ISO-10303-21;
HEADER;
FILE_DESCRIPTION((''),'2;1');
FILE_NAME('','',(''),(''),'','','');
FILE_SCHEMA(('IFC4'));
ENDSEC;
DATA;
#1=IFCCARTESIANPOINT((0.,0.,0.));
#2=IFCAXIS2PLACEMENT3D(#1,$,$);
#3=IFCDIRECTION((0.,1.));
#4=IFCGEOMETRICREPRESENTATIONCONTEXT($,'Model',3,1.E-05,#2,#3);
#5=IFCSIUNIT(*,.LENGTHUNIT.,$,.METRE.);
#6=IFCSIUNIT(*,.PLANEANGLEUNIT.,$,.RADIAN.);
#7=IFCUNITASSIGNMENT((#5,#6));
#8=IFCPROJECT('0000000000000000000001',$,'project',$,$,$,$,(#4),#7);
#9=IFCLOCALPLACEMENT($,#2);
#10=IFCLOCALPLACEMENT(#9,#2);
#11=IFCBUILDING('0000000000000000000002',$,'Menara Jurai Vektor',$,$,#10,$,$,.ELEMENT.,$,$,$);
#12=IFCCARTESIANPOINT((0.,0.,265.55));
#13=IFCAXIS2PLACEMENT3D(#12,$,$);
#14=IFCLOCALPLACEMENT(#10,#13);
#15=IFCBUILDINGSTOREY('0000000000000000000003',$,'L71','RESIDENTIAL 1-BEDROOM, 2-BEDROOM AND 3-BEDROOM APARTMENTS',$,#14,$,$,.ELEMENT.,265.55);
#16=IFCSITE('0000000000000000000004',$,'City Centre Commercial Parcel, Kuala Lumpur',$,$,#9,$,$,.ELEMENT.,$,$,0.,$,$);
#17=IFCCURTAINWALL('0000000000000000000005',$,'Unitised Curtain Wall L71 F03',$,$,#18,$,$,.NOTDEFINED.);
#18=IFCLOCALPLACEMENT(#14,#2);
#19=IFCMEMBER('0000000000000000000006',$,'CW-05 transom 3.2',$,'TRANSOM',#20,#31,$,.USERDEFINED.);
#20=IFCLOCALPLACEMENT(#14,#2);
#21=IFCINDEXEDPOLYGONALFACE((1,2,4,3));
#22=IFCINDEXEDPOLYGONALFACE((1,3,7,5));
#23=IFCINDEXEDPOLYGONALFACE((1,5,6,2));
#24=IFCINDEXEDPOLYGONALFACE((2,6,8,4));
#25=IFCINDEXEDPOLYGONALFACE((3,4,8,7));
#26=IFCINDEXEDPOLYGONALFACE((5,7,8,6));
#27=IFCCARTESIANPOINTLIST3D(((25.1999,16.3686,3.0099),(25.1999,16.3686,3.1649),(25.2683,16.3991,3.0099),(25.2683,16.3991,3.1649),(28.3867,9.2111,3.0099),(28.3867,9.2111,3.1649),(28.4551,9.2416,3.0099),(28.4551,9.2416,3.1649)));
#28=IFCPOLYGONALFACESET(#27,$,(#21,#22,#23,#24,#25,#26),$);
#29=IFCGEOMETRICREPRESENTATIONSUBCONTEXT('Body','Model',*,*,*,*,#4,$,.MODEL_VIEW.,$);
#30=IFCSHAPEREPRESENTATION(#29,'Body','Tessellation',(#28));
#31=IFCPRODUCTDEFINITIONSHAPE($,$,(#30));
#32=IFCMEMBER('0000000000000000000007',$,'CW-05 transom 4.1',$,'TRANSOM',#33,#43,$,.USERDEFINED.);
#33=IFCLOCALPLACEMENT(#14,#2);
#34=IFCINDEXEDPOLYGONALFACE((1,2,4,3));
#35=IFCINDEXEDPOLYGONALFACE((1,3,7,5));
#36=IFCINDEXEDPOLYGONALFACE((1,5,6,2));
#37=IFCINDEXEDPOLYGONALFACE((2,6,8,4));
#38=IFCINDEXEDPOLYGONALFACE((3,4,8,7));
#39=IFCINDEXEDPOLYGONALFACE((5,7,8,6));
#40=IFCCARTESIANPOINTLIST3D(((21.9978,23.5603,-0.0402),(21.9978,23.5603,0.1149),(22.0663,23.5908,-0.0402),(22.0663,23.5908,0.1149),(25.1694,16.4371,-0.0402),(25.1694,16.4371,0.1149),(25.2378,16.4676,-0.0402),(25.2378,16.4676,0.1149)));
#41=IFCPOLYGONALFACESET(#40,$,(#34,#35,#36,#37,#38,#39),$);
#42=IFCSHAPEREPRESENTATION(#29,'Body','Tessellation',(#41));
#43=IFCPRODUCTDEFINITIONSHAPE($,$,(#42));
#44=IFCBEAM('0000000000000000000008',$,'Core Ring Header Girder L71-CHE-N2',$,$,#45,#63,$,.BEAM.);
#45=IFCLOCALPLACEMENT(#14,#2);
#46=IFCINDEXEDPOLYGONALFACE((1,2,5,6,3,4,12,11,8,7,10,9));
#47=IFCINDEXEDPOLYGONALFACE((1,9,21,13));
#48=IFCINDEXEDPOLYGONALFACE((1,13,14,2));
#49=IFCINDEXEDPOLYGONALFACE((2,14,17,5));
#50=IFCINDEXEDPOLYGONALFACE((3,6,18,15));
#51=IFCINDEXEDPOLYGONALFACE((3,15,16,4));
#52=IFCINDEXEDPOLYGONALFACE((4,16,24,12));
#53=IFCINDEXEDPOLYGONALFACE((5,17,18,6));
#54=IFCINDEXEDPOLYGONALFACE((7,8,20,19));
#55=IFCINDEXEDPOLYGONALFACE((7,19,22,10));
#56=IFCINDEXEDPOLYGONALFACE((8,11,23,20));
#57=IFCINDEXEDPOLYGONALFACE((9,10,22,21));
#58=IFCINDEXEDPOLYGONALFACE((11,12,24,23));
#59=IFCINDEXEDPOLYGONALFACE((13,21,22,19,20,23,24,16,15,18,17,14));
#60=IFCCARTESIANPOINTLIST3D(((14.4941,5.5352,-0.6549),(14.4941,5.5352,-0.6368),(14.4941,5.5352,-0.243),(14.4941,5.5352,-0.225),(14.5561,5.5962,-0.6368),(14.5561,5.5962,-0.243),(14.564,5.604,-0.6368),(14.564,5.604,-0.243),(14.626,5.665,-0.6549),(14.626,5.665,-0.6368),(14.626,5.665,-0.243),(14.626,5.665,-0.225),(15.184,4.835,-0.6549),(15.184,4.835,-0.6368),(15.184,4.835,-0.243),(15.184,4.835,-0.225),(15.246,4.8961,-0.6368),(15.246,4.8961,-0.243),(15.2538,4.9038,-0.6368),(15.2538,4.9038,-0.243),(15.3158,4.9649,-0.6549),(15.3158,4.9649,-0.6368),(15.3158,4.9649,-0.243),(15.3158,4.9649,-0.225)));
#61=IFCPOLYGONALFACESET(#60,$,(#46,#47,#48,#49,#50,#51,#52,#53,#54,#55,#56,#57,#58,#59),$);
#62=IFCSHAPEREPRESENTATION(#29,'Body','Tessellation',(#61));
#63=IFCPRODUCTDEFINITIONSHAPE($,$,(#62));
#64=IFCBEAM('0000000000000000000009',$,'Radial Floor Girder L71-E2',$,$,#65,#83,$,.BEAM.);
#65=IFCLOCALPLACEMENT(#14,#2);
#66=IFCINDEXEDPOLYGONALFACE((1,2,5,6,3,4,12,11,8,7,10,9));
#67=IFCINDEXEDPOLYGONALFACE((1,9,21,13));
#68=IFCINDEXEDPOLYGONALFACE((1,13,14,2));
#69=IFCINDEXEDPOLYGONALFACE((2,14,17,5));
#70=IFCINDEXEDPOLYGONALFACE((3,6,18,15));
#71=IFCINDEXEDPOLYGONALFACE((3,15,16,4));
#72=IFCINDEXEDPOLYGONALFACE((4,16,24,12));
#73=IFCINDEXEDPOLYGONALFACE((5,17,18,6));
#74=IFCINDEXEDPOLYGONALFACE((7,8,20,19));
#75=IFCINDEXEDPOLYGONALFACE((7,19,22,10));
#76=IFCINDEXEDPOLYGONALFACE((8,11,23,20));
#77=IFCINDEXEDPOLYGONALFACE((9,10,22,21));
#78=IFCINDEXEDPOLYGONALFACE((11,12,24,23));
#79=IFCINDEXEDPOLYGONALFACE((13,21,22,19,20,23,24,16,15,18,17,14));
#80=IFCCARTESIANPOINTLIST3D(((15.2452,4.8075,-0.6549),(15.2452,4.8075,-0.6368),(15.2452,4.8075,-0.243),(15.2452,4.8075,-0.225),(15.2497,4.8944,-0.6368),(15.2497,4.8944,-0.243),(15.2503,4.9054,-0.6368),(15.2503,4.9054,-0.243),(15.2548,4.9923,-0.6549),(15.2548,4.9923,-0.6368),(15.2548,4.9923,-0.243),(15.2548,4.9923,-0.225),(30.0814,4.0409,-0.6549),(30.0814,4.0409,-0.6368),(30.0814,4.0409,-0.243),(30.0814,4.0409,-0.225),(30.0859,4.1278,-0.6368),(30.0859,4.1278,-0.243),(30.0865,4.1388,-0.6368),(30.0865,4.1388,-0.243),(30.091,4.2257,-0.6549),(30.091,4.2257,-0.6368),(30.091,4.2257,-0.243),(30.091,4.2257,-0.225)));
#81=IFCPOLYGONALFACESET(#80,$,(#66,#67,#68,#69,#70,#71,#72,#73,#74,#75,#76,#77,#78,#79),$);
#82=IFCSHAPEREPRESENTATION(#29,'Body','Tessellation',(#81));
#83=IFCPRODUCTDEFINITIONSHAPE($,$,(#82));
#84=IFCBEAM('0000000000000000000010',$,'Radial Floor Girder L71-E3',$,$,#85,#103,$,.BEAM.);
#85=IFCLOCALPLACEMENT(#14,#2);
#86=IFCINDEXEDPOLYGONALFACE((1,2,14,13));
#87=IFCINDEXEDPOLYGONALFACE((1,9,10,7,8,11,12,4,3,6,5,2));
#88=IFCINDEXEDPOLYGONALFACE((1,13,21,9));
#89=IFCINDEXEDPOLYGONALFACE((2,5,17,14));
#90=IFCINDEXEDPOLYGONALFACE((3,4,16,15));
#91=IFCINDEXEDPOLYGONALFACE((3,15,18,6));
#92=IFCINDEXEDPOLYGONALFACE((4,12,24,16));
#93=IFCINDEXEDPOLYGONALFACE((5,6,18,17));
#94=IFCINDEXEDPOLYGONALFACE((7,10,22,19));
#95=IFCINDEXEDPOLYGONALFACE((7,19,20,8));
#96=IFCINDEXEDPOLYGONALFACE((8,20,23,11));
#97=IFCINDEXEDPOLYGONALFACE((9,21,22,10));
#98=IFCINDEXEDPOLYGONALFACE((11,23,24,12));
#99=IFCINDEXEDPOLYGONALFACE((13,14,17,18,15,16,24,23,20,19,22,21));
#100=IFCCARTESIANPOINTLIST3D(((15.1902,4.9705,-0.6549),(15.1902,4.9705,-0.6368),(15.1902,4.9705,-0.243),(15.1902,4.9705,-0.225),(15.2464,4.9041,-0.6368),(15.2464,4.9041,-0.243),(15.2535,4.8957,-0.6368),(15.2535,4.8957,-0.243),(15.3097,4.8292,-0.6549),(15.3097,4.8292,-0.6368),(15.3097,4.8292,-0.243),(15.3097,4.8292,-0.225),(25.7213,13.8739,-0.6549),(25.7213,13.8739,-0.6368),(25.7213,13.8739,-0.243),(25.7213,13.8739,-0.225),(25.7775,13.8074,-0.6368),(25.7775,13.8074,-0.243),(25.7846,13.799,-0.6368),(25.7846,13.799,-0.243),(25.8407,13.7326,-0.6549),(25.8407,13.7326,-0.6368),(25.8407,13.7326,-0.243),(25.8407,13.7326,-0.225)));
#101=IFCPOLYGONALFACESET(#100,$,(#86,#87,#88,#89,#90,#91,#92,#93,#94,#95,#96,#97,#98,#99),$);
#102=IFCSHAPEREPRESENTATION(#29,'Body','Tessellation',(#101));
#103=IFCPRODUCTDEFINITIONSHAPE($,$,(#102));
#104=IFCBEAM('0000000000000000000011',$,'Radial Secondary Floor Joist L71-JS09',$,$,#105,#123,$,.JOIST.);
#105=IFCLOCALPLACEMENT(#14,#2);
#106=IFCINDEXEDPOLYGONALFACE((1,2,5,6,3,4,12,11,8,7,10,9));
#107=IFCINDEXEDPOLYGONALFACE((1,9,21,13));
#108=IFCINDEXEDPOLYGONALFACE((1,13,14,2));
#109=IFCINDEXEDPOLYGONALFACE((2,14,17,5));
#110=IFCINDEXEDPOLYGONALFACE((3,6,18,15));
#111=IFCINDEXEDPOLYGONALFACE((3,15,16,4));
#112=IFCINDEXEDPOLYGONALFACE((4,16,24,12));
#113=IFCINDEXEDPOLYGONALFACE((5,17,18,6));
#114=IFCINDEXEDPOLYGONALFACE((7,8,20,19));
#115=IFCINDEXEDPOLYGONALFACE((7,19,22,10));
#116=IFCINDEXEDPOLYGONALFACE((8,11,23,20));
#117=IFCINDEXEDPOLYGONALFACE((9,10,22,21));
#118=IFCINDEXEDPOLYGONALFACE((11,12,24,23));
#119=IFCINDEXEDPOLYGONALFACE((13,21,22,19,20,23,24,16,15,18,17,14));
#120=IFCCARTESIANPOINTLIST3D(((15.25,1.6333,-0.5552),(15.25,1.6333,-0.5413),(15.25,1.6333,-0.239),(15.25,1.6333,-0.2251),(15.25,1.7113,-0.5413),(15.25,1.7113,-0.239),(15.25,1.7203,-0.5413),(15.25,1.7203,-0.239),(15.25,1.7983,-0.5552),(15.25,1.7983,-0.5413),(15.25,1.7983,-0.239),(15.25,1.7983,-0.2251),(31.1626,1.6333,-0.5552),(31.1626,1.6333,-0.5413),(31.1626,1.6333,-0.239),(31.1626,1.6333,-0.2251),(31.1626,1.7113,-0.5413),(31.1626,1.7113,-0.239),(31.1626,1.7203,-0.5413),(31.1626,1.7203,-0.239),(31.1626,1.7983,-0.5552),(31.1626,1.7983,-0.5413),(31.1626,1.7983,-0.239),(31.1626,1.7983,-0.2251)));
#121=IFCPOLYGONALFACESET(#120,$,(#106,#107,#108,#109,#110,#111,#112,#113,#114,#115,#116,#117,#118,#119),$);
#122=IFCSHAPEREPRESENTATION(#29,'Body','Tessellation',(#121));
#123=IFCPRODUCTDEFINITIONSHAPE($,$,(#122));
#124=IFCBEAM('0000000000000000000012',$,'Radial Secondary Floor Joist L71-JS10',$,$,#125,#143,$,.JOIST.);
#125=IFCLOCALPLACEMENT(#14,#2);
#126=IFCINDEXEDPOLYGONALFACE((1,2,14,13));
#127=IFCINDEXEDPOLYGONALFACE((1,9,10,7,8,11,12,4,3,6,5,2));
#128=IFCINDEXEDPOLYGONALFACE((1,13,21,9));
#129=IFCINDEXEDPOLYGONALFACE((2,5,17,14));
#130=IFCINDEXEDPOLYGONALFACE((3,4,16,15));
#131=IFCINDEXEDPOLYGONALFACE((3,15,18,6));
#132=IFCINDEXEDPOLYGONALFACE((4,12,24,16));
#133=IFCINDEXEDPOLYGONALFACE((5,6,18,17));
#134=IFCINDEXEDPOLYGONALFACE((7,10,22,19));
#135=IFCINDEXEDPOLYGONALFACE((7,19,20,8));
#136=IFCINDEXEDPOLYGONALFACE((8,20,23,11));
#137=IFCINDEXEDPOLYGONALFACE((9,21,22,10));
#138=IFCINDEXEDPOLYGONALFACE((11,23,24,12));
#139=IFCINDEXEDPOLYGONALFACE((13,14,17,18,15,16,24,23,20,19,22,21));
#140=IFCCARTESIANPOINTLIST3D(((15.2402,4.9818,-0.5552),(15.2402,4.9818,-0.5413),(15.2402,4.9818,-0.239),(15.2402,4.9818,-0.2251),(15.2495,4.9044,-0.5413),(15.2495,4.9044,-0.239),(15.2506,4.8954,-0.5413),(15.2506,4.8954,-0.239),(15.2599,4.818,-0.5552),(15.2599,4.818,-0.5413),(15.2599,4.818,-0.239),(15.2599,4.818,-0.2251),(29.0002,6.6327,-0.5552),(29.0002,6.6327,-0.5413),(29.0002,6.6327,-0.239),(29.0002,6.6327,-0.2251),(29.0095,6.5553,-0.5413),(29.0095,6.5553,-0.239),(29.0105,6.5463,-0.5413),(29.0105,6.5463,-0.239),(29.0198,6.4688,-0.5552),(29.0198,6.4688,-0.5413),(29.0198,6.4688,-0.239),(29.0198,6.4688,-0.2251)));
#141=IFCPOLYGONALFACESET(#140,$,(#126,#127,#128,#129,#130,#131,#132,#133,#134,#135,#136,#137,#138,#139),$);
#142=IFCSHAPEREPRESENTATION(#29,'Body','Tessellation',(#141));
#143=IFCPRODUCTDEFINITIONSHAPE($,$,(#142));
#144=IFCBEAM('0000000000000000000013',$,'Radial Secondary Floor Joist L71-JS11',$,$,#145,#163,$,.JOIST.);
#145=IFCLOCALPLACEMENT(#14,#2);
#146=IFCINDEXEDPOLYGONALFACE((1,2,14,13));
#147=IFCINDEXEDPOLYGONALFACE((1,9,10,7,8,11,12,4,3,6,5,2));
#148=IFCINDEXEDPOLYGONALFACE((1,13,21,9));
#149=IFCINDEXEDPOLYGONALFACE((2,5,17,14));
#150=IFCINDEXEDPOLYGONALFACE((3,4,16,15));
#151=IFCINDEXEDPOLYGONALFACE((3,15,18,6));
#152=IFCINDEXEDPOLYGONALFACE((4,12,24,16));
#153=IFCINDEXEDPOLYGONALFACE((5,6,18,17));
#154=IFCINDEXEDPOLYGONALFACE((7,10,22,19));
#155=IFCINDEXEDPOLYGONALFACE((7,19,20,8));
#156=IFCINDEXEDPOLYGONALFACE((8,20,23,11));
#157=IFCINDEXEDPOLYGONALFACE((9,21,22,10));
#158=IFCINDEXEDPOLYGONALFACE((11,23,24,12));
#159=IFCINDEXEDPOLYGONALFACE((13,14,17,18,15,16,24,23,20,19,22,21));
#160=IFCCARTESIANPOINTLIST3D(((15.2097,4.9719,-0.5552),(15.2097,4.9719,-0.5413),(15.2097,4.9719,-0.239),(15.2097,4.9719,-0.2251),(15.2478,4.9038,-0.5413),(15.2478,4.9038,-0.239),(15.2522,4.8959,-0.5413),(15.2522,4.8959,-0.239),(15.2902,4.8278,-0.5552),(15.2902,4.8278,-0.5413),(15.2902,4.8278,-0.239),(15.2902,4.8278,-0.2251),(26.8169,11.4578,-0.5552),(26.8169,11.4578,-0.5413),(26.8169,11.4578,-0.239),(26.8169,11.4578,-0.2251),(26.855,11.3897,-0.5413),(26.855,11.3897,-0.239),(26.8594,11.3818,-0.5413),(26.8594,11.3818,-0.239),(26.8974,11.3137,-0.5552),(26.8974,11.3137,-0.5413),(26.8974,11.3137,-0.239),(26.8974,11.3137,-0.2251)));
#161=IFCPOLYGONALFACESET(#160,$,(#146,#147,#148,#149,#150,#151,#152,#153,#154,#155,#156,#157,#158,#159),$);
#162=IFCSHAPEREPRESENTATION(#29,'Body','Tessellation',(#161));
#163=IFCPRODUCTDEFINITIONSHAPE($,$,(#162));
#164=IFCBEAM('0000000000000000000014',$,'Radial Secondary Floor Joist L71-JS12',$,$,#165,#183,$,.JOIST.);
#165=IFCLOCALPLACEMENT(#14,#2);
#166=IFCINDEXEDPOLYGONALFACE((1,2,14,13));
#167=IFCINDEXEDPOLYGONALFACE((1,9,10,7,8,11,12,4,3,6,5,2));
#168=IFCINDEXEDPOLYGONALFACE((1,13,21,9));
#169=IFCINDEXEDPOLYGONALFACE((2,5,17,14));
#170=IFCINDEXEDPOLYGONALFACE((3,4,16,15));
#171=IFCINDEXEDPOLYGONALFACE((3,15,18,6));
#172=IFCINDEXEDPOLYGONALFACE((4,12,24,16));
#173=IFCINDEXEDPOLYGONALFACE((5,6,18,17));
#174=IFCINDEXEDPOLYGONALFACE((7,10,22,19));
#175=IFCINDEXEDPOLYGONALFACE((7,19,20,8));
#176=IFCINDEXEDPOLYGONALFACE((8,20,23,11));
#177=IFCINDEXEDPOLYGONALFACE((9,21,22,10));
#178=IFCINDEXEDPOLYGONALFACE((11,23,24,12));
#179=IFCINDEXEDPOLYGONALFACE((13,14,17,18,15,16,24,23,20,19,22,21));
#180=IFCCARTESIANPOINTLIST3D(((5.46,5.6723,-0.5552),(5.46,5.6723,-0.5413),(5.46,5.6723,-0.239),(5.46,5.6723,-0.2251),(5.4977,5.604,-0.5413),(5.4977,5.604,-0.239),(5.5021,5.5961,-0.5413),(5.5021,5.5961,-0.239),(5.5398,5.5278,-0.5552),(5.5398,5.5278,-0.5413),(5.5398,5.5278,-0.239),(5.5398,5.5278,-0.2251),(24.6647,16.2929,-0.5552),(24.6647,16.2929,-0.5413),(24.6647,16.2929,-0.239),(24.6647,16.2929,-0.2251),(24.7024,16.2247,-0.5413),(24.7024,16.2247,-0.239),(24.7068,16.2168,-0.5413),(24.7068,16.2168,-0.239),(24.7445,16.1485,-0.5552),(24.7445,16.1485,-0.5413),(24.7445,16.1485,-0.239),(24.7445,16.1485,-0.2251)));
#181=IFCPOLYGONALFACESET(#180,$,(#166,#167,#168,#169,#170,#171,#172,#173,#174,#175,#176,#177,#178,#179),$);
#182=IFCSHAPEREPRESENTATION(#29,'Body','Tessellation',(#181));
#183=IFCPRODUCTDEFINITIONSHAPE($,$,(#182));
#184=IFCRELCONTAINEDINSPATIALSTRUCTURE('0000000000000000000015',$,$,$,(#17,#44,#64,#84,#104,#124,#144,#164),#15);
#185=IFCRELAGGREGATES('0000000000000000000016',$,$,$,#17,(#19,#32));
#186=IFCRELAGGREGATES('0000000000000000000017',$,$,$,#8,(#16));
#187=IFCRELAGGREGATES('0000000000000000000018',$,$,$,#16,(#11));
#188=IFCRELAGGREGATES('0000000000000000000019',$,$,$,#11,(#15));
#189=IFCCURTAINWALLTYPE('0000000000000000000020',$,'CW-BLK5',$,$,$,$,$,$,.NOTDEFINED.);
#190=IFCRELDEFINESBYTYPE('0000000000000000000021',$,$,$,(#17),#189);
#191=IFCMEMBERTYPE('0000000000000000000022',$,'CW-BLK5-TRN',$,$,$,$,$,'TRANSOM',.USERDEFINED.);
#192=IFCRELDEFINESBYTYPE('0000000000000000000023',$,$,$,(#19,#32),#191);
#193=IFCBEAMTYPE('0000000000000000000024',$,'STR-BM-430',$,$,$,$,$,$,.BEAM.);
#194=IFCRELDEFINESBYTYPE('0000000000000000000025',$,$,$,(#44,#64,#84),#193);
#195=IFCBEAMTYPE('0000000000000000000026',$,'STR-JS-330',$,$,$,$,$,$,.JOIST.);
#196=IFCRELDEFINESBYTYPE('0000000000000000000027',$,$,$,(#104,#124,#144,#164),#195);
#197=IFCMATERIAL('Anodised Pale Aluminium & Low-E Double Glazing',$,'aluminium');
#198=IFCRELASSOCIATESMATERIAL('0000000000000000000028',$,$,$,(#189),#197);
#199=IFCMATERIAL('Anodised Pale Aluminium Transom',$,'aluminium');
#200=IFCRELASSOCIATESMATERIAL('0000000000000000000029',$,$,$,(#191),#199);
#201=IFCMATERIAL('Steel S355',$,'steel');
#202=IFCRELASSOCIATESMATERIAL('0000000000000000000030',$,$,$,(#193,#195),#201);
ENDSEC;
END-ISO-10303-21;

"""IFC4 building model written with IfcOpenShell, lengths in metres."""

from ifc_helpers import new_model, si_unit, direction, frame, origin, origin_2d, place, context, subcontext, project, spatial, rectangle, i_section, extrude, material, material_profile, profile_set, type_object, element, aggregate, save


model = new_model("IFC4")

# Units and contexts
model_context = context("Model", 3, precision=1e-05, world=origin(), true_north=direction((0.0, 1.0)))
body_context = subcontext(model_context, "Body", "Model", "MODEL_VIEW")
ifc_project = project(units=[si_unit("LENGTHUNIT", "METRE"), si_unit("PLANEANGLEUNIT", "RADIAN")], contexts=[model_context])

# Site, building, storey
site_placement = place(None, origin())
site = spatial("IfcSite", under=ifc_project, at=site_placement, Name="City Centre Commercial Parcel, Kuala Lumpur", CompositionType="ELEMENT", RefElevation=0.0)
building_placement = place(site_placement, origin())
building = spatial("IfcBuilding", under=site, at=building_placement, Name="Menara Jurai Vektor", CompositionType="ELEMENT")
storey_placement = place(building_placement, frame((0.0, 0.0, 265.55)))
storey = spatial("IfcBuildingStorey", under=building, at=storey_placement, Name="L71", Description="RESIDENTIAL 1-BEDROOM, 2-BEDROOM AND 3-BEDROOM APARTMENTS", CompositionType="ELEMENT", Elevation=265.55)

# Curtain wall, members
ifc_material_1 = material(Name="Anodised Pale Aluminium & Low-E Double Glazing", Category="aluminium")
curtain_wall_type = type_object("IfcCurtainWallType", Name="CW-BLK5", PredefinedType="NOTDEFINED", material=ifc_material_1)
curtain_wall_placement = place(storey_placement, origin())
curtain_wall = element("IfcCurtainWall", 1, at=curtain_wall_placement, inside=storey, type_object=curtain_wall_type, Name="Unitised Curtain Wall L71 F03", PredefinedType="NOTDEFINED")
ifc_material_2 = material(Name="Anodised Pale Aluminium Transom", Category="aluminium")
ifc_material_profile_1 = material_profile(ifc_material_2, rectangle(XDim=0.075, YDim=0.155, at=origin_2d()), Name="ALU TRN 75x155")
ifc_profile_set_1 = profile_set([ifc_material_profile_1], Name="Anodised Pale Aluminium Transom")
member_type_1 = type_object("IfcMemberType", Name="CW-BLK5-TRN", ElementType="TRANSOM", PredefinedType="USERDEFINED", material=ifc_profile_set_1)
member_1_placement = place(storey_placement, frame((28.4209, 9.2263, 3.0874), z_axis=(-0.406743, 0.913543, 0.0), x_axis=(-0.913543, -0.406743, 0.0)))
member_1 = element("IfcMember", 2, at=member_1_placement, type_object=member_type_1, Name="CW-05 transom 3.2", ObjectType="TRANSOM", PredefinedType="USERDEFINED", context=body_context, shape_type="SweptSolid", body=[
    extrude(rectangle(XDim=0.075, YDim=0.155, at=origin_2d()), origin(), (0.0, 0.0, 1.0), 7.835),
])
member_2_placement = place(storey_placement, frame((25.2036, 16.4524, 0.0374), z_axis=(-0.406751, 0.913539, 0.0), x_axis=(-0.913539, -0.406751, 0.0)))
member_2 = element("IfcMember", 3, at=member_2_placement, type_object=member_type_1, Name="CW-05 transom 4.1", ObjectType="TRANSOM", PredefinedType="USERDEFINED", context=body_context, shape_type="SweptSolid", body=[
    extrude(rectangle(XDim=0.075, YDim=0.155, at=origin_2d()), origin(), (0.0, 0.0, 1.0), 7.7974),
])

# Beams
ifc_material_3 = material(Name="Steel S355", Category="steel")
ifc_material_profile_2 = material_profile(ifc_material_3, i_section(OverallWidth=0.1851, OverallDepth=0.4299, WebThickness=0.011, FlangeThickness=0.0181, at=origin_2d()), Name="PG 430x185x76")
ifc_profile_set_2 = profile_set([ifc_material_profile_2], Name="Steel S355")
beam_type_1 = type_object("IfcBeamType", Name="STR-BM-430", PredefinedType="BEAM", material=ifc_profile_set_2)
beam_1_placement = place(storey_placement, frame((14.5601, 5.6001, -0.4399), z_axis=(0.701872, -0.712303, 0.0), x_axis=(0.712303, 0.701872, 0.0)))
element("IfcBeam", 4, at=beam_1_placement, inside=storey, type_object=beam_type_1, Name="Core Ring Header Girder L71-CHE-N2", PredefinedType="BEAM", context=body_context, shape_type="SweptSolid", body=[
    extrude(i_section(OverallWidth=0.1851, OverallDepth=0.4299, WebThickness=0.011, FlangeThickness=0.0181, at=origin_2d()), origin(), (0.0, 0.0, 1.0), 0.9829),
])
beam_2_placement = place(storey_placement, frame((30.0862, 4.1333, -0.4399), z_axis=(-0.998668, 0.051602, 0.0), x_axis=(-0.051602, -0.998668, 0.0)))
element("IfcBeam", 5, at=beam_2_placement, inside=storey, type_object=beam_type_1, Name="Radial Floor Girder L71-E2", PredefinedType="BEAM", context=body_context, shape_type="SweptSolid", body=[
    extrude(i_section(OverallWidth=0.1851, OverallDepth=0.4299, WebThickness=0.011, FlangeThickness=0.0181, at=origin_2d()), origin(), (0.0, 0.0, 1.0), 14.856),
])
beam_3_placement = place(storey_placement, frame((25.781, 13.8032, -0.4399), z_axis=(-0.763656, -0.645624, 0.0), x_axis=(0.645624, -0.763656, 0.0)))
element("IfcBeam", 6, at=beam_3_placement, inside=storey, type_object=beam_type_1, Name="Radial Floor Girder L71-E3", PredefinedType="BEAM", context=body_context, shape_type="SweptSolid", body=[
    extrude(i_section(OverallWidth=0.1851, OverallDepth=0.4299, WebThickness=0.011, FlangeThickness=0.0181, at=origin_2d()), origin(), (0.0, 0.0, 1.0), 13.7903),
])
ifc_material_profile_3 = material_profile(ifc_material_3, i_section(OverallWidth=0.165, OverallDepth=0.3301, WebThickness=0.009, FlangeThickness=0.0139, at=origin_2d()), Name="PG 330x165x46")
ifc_profile_set_3 = profile_set([ifc_material_profile_3], Name="Steel S355")
beam_type_2 = type_object("IfcBeamType", Name="STR-JS-330", PredefinedType="JOIST", material=ifc_profile_set_3)
beam_4_placement = place(storey_placement, frame((31.1626, 1.7158, -0.3901), z_axis=(-1.0, 0.0, 0.0), x_axis=(0.0, -1.0, 0.0)))
element("IfcBeam", 7, at=beam_4_placement, inside=storey, type_object=beam_type_2, Name="Radial Secondary Floor Joist L71-JS09", PredefinedType="JOIST", context=body_context, shape_type="SweptSolid", body=[
    extrude(i_section(OverallWidth=0.165, OverallDepth=0.3301, WebThickness=0.009, FlangeThickness=0.0139, at=origin_2d()), origin(), (0.0, 0.0, 1.0), 15.9126),
])
beam_5_placement = place(storey_placement, frame((29.01, 6.5508, -0.3901), z_axis=(-0.99288, -0.119122, 0.0), x_axis=(0.119122, -0.99288, 0.0)))
element("IfcBeam", 8, at=beam_5_placement, inside=storey, type_object=beam_type_2, Name="Radial Secondary Floor Joist L71-JS10", PredefinedType="JOIST", context=body_context, shape_type="SweptSolid", body=[
    extrude(i_section(OverallWidth=0.165, OverallDepth=0.3301, WebThickness=0.009, FlangeThickness=0.0139, at=origin_2d()), origin(), (0.0, 0.0, 1.0), 13.8586),
])
beam_6_placement = place(storey_placement, frame((26.8572, 11.3857, -0.3901), z_axis=(-0.87296, -0.487791, 0.0), x_axis=(0.487791, -0.87296, 0.0)))
element("IfcBeam", 9, at=beam_6_placement, inside=storey, type_object=beam_type_2, Name="Radial Secondary Floor Joist L71-JS11", PredefinedType="JOIST", context=body_context, shape_type="SweptSolid", body=[
    extrude(i_section(OverallWidth=0.165, OverallDepth=0.3301, WebThickness=0.009, FlangeThickness=0.0139, at=origin_2d()), origin(), (0.0, 0.0, 1.0), 13.2964),
])
beam_7_placement = place(storey_placement, frame((24.7046, 16.2207, -0.3901), z_axis=(-0.875096, -0.483949, 0.0), x_axis=(0.483949, -0.875096, 0.0)))
element("IfcBeam", 10, at=beam_7_placement, inside=storey, type_object=beam_type_2, Name="Radial Secondary Floor Joist L71-JS12", PredefinedType="JOIST", context=body_context, shape_type="SweptSolid", body=[
    extrude(i_section(OverallWidth=0.165, OverallDepth=0.3301, WebThickness=0.009, FlangeThickness=0.0139, at=origin_2d()), origin(), (0.0, 0.0, 1.0), 21.9458),
])

aggregate(curtain_wall, [member_1, member_2])

save(model, "model.ifc")
